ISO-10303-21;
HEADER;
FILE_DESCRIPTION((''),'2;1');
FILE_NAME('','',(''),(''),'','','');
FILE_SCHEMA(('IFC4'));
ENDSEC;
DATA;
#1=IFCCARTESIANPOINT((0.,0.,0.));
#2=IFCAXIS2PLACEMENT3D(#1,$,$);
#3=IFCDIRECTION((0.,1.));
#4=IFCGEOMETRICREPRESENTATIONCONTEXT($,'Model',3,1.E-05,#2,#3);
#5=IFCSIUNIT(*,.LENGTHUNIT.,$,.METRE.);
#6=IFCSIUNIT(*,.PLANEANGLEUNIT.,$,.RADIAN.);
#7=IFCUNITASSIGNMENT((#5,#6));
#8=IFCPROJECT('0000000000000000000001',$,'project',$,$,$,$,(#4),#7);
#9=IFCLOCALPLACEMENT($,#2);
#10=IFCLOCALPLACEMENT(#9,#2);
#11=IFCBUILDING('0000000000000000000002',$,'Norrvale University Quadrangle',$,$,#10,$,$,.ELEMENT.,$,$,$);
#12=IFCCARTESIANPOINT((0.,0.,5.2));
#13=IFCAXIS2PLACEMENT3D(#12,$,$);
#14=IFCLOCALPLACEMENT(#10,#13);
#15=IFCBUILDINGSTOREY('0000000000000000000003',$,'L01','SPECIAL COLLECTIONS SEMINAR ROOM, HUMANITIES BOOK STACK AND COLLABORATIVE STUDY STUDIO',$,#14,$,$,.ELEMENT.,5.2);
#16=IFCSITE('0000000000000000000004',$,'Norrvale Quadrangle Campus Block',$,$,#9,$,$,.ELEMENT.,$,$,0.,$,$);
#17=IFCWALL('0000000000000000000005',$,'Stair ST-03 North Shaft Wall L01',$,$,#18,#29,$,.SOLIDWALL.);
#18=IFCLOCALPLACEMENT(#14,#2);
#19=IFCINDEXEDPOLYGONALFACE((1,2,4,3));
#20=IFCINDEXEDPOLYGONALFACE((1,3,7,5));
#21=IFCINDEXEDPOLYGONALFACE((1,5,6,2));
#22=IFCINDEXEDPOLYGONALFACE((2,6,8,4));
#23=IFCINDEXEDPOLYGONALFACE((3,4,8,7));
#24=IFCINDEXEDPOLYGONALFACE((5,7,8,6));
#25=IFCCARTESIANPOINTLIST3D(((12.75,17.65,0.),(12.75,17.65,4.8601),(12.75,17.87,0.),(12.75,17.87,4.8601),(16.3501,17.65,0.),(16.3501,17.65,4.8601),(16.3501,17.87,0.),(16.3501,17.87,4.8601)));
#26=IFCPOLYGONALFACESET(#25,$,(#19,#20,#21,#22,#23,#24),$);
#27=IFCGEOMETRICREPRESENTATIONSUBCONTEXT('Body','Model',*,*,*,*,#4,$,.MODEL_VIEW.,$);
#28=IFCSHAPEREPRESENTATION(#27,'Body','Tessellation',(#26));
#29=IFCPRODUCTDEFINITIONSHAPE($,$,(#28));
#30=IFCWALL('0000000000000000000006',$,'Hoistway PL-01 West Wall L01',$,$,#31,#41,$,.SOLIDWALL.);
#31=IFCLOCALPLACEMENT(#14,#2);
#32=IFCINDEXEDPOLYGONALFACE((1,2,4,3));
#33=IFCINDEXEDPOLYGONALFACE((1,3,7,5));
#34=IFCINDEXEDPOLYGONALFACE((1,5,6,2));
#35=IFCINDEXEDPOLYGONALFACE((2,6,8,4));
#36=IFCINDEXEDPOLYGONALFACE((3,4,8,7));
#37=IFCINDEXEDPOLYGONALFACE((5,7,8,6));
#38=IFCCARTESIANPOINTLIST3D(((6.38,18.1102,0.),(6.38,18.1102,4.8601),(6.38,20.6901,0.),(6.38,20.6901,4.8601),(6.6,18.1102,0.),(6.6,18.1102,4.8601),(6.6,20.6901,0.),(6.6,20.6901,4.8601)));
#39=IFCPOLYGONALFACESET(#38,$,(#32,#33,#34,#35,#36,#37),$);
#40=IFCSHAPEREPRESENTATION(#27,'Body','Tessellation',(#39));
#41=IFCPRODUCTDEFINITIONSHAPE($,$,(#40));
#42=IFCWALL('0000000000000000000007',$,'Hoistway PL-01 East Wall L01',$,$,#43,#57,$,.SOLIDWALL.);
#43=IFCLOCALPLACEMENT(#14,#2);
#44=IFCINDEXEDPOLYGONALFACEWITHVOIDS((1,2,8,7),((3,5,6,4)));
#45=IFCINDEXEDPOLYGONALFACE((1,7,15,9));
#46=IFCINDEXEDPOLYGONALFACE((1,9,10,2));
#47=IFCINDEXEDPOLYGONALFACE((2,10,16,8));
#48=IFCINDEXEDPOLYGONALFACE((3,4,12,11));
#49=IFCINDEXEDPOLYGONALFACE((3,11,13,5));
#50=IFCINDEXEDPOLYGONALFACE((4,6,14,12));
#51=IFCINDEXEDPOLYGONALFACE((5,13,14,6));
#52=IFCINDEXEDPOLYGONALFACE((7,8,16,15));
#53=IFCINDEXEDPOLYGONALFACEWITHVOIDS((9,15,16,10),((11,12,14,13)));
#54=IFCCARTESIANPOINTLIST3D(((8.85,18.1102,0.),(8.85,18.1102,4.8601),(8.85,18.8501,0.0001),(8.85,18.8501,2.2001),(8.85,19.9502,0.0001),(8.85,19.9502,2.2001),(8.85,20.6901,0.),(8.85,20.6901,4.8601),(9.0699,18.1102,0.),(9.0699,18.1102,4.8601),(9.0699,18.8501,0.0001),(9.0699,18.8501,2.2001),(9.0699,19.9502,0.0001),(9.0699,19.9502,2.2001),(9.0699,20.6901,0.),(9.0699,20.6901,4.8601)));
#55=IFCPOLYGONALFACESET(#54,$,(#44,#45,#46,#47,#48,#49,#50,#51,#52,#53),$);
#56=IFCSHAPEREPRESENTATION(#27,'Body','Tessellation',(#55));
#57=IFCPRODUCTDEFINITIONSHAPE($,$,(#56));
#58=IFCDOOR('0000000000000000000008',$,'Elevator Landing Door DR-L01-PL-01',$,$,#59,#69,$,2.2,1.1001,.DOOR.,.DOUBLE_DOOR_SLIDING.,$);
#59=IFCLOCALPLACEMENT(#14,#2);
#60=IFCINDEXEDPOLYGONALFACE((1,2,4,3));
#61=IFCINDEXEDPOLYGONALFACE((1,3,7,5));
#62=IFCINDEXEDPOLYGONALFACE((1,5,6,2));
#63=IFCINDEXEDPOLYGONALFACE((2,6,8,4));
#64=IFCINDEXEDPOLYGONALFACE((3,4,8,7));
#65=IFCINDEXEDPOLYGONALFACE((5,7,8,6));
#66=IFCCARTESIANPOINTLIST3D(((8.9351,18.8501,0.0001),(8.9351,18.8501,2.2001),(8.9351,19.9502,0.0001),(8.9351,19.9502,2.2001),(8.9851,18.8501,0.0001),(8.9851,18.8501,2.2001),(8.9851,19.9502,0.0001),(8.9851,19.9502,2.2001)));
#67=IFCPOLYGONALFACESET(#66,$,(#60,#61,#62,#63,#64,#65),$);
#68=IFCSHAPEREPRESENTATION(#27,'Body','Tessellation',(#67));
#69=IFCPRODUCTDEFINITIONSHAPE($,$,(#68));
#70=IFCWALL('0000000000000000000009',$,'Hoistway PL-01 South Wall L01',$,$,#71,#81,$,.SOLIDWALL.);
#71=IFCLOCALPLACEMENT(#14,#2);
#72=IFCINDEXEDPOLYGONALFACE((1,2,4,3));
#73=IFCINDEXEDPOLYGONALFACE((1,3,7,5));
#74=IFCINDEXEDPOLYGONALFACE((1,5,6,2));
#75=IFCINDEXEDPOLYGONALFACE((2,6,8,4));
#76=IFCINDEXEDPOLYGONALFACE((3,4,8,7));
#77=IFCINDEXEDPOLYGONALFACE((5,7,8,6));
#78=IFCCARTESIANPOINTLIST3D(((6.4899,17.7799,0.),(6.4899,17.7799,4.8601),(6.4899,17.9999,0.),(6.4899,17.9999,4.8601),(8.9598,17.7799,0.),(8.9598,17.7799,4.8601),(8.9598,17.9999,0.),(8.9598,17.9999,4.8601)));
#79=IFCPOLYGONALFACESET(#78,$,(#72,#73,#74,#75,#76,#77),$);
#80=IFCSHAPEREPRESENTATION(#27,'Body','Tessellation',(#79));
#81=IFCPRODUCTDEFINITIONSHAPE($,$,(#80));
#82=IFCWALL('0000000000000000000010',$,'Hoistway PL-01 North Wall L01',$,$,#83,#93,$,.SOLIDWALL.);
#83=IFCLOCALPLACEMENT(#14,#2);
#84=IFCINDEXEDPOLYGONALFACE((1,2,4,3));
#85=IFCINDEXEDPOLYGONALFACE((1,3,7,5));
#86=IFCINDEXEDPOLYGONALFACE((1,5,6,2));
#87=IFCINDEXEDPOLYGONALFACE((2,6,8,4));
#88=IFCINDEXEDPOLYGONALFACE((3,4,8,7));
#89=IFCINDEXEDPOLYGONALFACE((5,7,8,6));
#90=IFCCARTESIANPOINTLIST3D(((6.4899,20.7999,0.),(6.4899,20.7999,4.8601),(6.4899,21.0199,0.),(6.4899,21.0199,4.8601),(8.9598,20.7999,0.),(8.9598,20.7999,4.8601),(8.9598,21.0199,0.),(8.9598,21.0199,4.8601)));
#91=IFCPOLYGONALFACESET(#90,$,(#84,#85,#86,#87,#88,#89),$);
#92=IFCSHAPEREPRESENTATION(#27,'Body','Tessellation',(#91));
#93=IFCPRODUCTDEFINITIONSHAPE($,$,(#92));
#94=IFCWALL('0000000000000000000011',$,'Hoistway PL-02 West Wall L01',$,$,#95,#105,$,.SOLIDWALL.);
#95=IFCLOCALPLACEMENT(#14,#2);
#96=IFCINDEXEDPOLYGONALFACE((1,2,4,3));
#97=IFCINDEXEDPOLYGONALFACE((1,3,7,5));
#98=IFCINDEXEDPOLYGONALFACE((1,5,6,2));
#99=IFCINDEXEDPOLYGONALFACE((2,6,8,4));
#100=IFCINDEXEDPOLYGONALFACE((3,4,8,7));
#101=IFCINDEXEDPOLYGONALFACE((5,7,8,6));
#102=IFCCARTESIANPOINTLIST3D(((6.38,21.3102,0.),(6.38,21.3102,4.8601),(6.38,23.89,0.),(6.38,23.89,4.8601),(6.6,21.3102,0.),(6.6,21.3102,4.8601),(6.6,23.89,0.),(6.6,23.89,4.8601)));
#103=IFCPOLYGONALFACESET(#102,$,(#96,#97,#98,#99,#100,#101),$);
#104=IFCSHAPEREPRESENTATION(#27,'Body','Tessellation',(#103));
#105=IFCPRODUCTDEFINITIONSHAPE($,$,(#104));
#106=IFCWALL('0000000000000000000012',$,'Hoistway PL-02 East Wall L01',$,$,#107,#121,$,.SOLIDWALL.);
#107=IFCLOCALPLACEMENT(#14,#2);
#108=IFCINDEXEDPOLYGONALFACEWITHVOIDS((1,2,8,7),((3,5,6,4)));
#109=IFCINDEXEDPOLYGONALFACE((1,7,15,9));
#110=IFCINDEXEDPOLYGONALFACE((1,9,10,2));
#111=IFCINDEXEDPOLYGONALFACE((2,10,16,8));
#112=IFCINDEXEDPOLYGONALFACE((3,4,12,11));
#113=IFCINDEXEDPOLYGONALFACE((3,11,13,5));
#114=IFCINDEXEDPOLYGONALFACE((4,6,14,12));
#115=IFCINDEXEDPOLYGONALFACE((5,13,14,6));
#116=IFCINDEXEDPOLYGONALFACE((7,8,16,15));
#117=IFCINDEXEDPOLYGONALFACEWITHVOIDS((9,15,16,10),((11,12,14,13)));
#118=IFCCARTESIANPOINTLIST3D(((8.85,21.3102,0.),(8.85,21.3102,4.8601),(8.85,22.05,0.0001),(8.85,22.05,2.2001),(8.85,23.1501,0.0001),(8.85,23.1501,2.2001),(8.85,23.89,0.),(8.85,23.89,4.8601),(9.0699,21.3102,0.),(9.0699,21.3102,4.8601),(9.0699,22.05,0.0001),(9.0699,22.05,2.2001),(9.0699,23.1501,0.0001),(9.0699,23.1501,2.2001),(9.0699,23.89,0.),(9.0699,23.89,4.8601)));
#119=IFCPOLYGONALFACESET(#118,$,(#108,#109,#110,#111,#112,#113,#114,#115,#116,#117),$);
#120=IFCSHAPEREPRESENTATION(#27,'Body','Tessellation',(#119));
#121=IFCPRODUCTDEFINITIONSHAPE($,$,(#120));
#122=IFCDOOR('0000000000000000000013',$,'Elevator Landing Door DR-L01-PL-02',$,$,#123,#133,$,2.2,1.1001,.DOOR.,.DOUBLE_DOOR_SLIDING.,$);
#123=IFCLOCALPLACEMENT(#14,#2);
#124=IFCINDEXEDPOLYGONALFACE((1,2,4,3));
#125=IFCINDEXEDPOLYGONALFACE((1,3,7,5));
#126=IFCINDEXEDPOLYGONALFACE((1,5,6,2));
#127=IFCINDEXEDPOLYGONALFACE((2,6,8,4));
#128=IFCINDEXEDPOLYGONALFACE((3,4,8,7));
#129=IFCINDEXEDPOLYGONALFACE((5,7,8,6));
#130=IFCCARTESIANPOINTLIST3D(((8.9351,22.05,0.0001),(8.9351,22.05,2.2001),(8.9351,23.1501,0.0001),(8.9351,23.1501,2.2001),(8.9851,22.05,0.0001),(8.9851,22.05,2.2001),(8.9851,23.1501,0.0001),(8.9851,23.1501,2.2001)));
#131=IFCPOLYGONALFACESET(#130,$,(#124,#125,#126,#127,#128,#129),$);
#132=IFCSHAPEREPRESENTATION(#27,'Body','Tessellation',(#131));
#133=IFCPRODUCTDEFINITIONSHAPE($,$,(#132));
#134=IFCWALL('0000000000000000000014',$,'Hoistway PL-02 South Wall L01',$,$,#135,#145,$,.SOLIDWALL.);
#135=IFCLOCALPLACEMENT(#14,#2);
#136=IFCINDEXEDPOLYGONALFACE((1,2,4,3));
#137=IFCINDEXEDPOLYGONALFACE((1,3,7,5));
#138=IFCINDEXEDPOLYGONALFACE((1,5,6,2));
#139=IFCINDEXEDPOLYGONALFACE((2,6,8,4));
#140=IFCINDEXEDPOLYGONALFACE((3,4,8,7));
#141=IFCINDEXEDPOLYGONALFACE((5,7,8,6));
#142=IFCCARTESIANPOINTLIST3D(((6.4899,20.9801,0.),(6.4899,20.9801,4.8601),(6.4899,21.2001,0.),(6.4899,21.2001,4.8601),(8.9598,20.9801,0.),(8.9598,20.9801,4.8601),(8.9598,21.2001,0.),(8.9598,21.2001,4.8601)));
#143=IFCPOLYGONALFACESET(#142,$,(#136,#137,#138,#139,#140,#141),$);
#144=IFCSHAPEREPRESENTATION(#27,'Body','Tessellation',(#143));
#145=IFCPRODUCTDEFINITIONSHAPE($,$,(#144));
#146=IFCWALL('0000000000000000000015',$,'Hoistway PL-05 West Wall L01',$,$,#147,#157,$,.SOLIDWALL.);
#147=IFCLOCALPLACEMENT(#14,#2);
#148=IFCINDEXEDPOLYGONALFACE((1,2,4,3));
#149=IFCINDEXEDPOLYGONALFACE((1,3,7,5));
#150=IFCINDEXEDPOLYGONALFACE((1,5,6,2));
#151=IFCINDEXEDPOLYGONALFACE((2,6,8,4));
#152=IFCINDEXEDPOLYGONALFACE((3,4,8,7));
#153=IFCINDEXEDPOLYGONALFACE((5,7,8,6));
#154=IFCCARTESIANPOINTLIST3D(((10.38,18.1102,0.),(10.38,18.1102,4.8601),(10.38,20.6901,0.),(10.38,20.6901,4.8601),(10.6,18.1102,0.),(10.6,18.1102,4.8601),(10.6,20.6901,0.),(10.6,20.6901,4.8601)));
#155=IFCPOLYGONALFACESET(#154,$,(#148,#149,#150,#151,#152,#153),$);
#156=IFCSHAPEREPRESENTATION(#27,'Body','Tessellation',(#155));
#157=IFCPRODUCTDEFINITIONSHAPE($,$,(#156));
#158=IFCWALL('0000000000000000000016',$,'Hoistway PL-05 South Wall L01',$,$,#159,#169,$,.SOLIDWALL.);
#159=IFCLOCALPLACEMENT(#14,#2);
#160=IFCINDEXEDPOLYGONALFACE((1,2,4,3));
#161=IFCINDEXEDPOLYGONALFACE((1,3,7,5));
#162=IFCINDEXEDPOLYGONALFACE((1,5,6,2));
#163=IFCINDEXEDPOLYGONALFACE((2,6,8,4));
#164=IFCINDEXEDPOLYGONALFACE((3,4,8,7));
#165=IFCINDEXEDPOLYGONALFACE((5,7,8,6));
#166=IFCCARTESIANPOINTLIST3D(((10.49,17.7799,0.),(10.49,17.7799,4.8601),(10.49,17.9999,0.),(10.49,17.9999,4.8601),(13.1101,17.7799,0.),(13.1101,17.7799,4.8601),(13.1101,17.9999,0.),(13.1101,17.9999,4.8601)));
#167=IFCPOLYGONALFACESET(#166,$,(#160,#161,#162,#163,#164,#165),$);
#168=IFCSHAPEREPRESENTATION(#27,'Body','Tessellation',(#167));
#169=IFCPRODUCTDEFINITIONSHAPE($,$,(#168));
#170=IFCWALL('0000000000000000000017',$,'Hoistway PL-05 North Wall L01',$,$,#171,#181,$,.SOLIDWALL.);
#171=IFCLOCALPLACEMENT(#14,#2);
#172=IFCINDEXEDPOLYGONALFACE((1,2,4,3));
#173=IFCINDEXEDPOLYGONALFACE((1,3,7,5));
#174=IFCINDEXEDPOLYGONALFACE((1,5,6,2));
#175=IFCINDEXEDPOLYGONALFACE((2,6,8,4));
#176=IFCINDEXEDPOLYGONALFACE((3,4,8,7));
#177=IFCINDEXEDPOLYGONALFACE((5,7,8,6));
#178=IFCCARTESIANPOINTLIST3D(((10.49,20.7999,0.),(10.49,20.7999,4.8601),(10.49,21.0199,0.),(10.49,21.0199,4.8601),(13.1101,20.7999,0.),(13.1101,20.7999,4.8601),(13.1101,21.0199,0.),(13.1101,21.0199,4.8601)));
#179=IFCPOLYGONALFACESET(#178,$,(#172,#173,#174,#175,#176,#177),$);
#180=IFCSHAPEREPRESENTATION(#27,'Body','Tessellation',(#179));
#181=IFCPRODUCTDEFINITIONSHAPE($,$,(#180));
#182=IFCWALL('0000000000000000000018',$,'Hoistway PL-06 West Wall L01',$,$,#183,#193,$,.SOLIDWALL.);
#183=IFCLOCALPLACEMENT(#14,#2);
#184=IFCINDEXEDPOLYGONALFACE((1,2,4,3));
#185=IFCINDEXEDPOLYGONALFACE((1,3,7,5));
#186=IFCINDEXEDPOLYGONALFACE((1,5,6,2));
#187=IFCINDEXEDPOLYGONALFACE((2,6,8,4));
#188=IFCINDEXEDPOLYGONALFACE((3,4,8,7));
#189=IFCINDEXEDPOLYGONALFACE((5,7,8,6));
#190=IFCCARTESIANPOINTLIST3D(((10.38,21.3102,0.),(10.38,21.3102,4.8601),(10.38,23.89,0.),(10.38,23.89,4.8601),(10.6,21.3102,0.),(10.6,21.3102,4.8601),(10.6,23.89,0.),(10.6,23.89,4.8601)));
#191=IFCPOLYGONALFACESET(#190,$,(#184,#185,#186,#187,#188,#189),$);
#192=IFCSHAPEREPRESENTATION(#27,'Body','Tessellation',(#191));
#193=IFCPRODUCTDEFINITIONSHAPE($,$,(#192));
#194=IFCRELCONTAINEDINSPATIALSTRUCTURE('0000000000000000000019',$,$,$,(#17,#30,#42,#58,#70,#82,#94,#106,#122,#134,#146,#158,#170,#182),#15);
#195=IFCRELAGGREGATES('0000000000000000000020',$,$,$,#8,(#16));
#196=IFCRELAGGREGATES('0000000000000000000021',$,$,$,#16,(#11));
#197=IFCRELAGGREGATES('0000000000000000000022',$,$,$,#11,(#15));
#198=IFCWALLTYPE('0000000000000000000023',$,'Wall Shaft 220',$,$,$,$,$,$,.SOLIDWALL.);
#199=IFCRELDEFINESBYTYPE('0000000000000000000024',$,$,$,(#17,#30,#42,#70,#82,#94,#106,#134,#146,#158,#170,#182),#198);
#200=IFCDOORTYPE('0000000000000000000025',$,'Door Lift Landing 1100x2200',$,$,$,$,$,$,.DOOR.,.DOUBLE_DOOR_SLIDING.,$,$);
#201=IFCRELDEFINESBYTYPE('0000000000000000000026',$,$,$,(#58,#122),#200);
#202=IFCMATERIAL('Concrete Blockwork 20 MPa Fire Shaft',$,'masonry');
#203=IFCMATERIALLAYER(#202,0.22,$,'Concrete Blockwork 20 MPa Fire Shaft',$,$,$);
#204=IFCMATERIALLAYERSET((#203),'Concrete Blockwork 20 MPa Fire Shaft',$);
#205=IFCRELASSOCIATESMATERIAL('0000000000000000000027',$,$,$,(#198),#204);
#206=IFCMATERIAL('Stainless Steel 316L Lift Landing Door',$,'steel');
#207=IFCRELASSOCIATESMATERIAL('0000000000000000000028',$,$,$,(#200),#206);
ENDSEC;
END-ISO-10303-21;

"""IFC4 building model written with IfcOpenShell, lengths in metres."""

from ifc_helpers import new_model, si_unit, direction, frame, frame_2d, origin, place, context, subcontext, project, spatial, rectangle, extrude, material, layer, layer_set, type_object, element, fill, save


model = new_model("IFC4")

# Units and contexts
model_context = context("Model", 3, precision=1e-05, world=origin(), true_north=direction((0.0, 1.0)))
body_context = subcontext(model_context, "Body", "Model", "MODEL_VIEW")
ifc_project = project(units=[si_unit("LENGTHUNIT", "METRE"), si_unit("PLANEANGLEUNIT", "RADIAN")], contexts=[model_context])

# Site, building, storey
site_placement = place(None, origin())
site = spatial("IfcSite", under=ifc_project, at=site_placement, Name="Norrvale Quadrangle Campus Block", CompositionType="ELEMENT", RefElevation=0.0)
building_placement = place(site_placement, origin())
building = spatial("IfcBuilding", under=site, at=building_placement, Name="Norrvale University Quadrangle", CompositionType="ELEMENT")
storey_placement = place(building_placement, frame((0.0, 0.0, 5.2)))
storey = spatial("IfcBuildingStorey", under=building, at=storey_placement, Name="L01", Description="SPECIAL COLLECTIONS SEMINAR ROOM, HUMANITIES BOOK STACK AND COLLABORATIVE STUDY STUDIO", CompositionType="ELEMENT", Elevation=5.2)

# Walls
ifc_material_1 = material(Name="Concrete Blockwork 20 MPa Fire Shaft", Category="masonry")
ifc_layer_1 = layer(ifc_material_1, 0.22, Name="Concrete Blockwork 20 MPa Fire Shaft")
ifc_layer_set_1 = layer_set([ifc_layer_1], Name="Concrete Blockwork 20 MPa Fire Shaft")
wall_type_1 = type_object("IfcWallType", Name="Wall Shaft 220", PredefinedType="SOLIDWALL", material=ifc_layer_set_1)
wall_1_placement = place(storey_placement, frame((12.75, 17.76, 0.0), z_axis=(0.0, 0.0, 1.0), x_axis=(1.0, 0.0, 0.0)))
element("IfcWall", 1, at=wall_1_placement, inside=storey, type_object=wall_type_1, Name="Stair ST-03 North Shaft Wall L01", PredefinedType="SOLIDWALL", context=body_context, shape_type="SweptSolid", body=[
    extrude(rectangle(XDim=3.6001, YDim=0.22, at=frame_2d((1.8, 0.0))), origin(), (0.0, 0.0, 1.0), 4.8601),
])
wall_2_placement = place(storey_placement, frame((6.49, 18.1101, 0.0), z_axis=(0.0, 0.0, 1.0), x_axis=(0.0, 1.0, 0.0)))
element("IfcWall", 2, at=wall_2_placement, inside=storey, type_object=wall_type_1, Name="Hoistway PL-01 West Wall L01", PredefinedType="SOLIDWALL", context=body_context, shape_type="SweptSolid", body=[
    extrude(rectangle(XDim=2.5798, YDim=0.22, at=frame_2d((1.29, 0.0))), origin(), (0.0, 0.0, 1.0), 4.8601),
])

# Wall, opening, door
wall_3_placement = place(storey_placement, frame((8.96, 18.1101, 0.0), z_axis=(0.0, 0.0, 1.0), x_axis=(0.0, 1.0, 0.0)))
wall_3 = element("IfcWall", 3, at=wall_3_placement, inside=storey, type_object=wall_type_1, Name="Hoistway PL-01 East Wall L01", PredefinedType="SOLIDWALL", context=body_context, shape_type="SweptSolid", body=[
    extrude(rectangle(XDim=2.5798, YDim=0.22, at=frame_2d((1.29, 0.0))), origin(), (0.0, 0.0, 1.0), 4.8601),
])
opening_1_placement = place(wall_3_placement, frame((0.74, 0.0, 0.0)))
opening_1 = element("IfcOpeningElement", 4, at=opening_1_placement, cuts=wall_3, PredefinedType="OPENING", context=body_context, shape_type="SweptSolid", body=[
    extrude(rectangle(XDim=1.1001, YDim=2.2, at=frame_2d((0.55, 1.1001))), frame((0.0, 0.1221, 0.0), z_axis=(0.0, -1.0, 0.0), x_axis=(1.0, 0.0, 0.0)), (0.0, 0.0, 1.0), 0.2439),
])
ifc_material_2 = material(Name="Stainless Steel 316L Lift Landing Door", Category="steel")
door_type_1 = type_object("IfcDoorType", Name="Door Lift Landing 1100x2200", OperationType="DOUBLE_DOOR_SLIDING", PredefinedType="DOOR", material=ifc_material_2)
door_1_placement = place(opening_1_placement, origin())
door_1 = element("IfcDoor", 5, at=door_1_placement, inside=storey, type_object=door_type_1, Name="Elevator Landing Door DR-L01-PL-01", OperationType="DOUBLE_DOOR_SLIDING", OverallHeight=2.2, OverallWidth=1.1001, PredefinedType="DOOR", context=body_context, shape_type="SweptSolid", body=[
    extrude(rectangle(XDim=1.1001, YDim=2.2, at=frame_2d((0.55, 1.1001))), frame((0.0, 0.0249, 0.0), z_axis=(0.0, -1.0, 0.0), x_axis=(1.0, 0.0, 0.0)), (0.0, 0.0, 1.0), 0.05),
])
fill(opening_1, door_1)

# Walls
for number, where, z_axis, x_axis, name in (
    (6, (6.49, 17.8899, 0.0), (0.0, 0.0, 1.0), (1.0, 0.0, 0.0), "Hoistway PL-01 South Wall L01"),
    (7, (6.49, 20.9099, 0.0), (0.0, 0.0, 1.0), (1.0, 0.0, 0.0), "Hoistway PL-01 North Wall L01"),
):
    element("IfcWall", number, at=place(storey_placement, frame(where, z_axis=z_axis, x_axis=x_axis)), inside=storey, type_object=wall_type_1, Name=name, PredefinedType="SOLIDWALL", context=body_context, shape_type="SweptSolid", body=[
        extrude(rectangle(XDim=2.47, YDim=0.22, at=frame_2d((1.2349, 0.0))), origin(), (0.0, 0.0, 1.0), 4.8601),
    ])
wall_4_placement = place(storey_placement, frame((6.49, 21.3101, 0.0), z_axis=(0.0, 0.0, 1.0), x_axis=(0.0, 1.0, 0.0)))
element("IfcWall", 8, at=wall_4_placement, inside=storey, type_object=wall_type_1, Name="Hoistway PL-02 West Wall L01", PredefinedType="SOLIDWALL", context=body_context, shape_type="SweptSolid", body=[
    extrude(rectangle(XDim=2.5798, YDim=0.22, at=frame_2d((1.29, 0.0))), origin(), (0.0, 0.0, 1.0), 4.8601),
])

# Wall, opening, door
wall_5_placement = place(storey_placement, frame((8.96, 21.3101, 0.0), z_axis=(0.0, 0.0, 1.0), x_axis=(0.0, 1.0, 0.0)))
wall_5 = element("IfcWall", 9, at=wall_5_placement, inside=storey, type_object=wall_type_1, Name="Hoistway PL-02 East Wall L01", PredefinedType="SOLIDWALL", context=body_context, shape_type="SweptSolid", body=[
    extrude(rectangle(XDim=2.5798, YDim=0.22, at=frame_2d((1.29, 0.0))), origin(), (0.0, 0.0, 1.0), 4.8601),
])
opening_2_placement = place(wall_5_placement, frame((0.74, 0.0, 0.0)))
opening_2 = element("IfcOpeningElement", 10, at=opening_2_placement, cuts=wall_5, PredefinedType="OPENING", context=body_context, shape_type="SweptSolid", body=[
    extrude(rectangle(XDim=1.1001, YDim=2.2, at=frame_2d((0.55, 1.1001))), frame((0.0, 0.1221, 0.0), z_axis=(0.0, -1.0, 0.0), x_axis=(1.0, 0.0, 0.0)), (0.0, 0.0, 1.0), 0.2439),
])
door_2_placement = place(opening_2_placement, origin())
door_2 = element("IfcDoor", 11, at=door_2_placement, inside=storey, type_object=door_type_1, Name="Elevator Landing Door DR-L01-PL-02", OperationType="DOUBLE_DOOR_SLIDING", OverallHeight=2.2, OverallWidth=1.1001, PredefinedType="DOOR", context=body_context, shape_type="SweptSolid", body=[
    extrude(rectangle(XDim=1.1001, YDim=2.2, at=frame_2d((0.55, 1.1001))), frame((0.0, 0.0249, 0.0), z_axis=(0.0, -1.0, 0.0), x_axis=(1.0, 0.0, 0.0)), (0.0, 0.0, 1.0), 0.05),
])
fill(opening_2, door_2)

# Walls
wall_6_placement = place(storey_placement, frame((6.49, 21.0901, 0.0), z_axis=(0.0, 0.0, 1.0), x_axis=(1.0, 0.0, 0.0)))
element("IfcWall", 12, at=wall_6_placement, inside=storey, type_object=wall_type_1, Name="Hoistway PL-02 South Wall L01", PredefinedType="SOLIDWALL", context=body_context, shape_type="SweptSolid", body=[
    extrude(rectangle(XDim=2.47, YDim=0.22, at=frame_2d((1.2349, 0.0))), origin(), (0.0, 0.0, 1.0), 4.8601),
])
wall_7_placement = place(storey_placement, frame((10.49, 18.1101, 0.0), z_axis=(0.0, 0.0, 1.0), x_axis=(0.0, 1.0, 0.0)))
element("IfcWall", 13, at=wall_7_placement, inside=storey, type_object=wall_type_1, Name="Hoistway PL-05 West Wall L01", PredefinedType="SOLIDWALL", context=body_context, shape_type="SweptSolid", body=[
    extrude(rectangle(XDim=2.5798, YDim=0.22, at=frame_2d((1.29, 0.0))), origin(), (0.0, 0.0, 1.0), 4.8601),
])
for number, where, z_axis, x_axis, name in (
    (14, (10.49, 17.8899, 0.0), (0.0, 0.0, 1.0), (1.0, 0.0, 0.0), "Hoistway PL-05 South Wall L01"),
    (15, (10.49, 20.9099, 0.0), (0.0, 0.0, 1.0), (1.0, 0.0, 0.0), "Hoistway PL-05 North Wall L01"),
):
    element("IfcWall", number, at=place(storey_placement, frame(where, z_axis=z_axis, x_axis=x_axis)), inside=storey, type_object=wall_type_1, Name=name, PredefinedType="SOLIDWALL", context=body_context, shape_type="SweptSolid", body=[
        extrude(rectangle(XDim=2.6201, YDim=0.22, at=frame_2d((1.3101, 0.0))), origin(), (0.0, 0.0, 1.0), 4.8601),
    ])
wall_8_placement = place(storey_placement, frame((10.49, 21.3101, 0.0), z_axis=(0.0, 0.0, 1.0), x_axis=(0.0, 1.0, 0.0)))
element("IfcWall", 16, at=wall_8_placement, inside=storey, type_object=wall_type_1, Name="Hoistway PL-06 West Wall L01", PredefinedType="SOLIDWALL", context=body_context, shape_type="SweptSolid", body=[
    extrude(rectangle(XDim=2.5798, YDim=0.22, at=frame_2d((1.29, 0.0))), origin(), (0.0, 0.0, 1.0), 4.8601),
])

save(model, "model.ifc")
